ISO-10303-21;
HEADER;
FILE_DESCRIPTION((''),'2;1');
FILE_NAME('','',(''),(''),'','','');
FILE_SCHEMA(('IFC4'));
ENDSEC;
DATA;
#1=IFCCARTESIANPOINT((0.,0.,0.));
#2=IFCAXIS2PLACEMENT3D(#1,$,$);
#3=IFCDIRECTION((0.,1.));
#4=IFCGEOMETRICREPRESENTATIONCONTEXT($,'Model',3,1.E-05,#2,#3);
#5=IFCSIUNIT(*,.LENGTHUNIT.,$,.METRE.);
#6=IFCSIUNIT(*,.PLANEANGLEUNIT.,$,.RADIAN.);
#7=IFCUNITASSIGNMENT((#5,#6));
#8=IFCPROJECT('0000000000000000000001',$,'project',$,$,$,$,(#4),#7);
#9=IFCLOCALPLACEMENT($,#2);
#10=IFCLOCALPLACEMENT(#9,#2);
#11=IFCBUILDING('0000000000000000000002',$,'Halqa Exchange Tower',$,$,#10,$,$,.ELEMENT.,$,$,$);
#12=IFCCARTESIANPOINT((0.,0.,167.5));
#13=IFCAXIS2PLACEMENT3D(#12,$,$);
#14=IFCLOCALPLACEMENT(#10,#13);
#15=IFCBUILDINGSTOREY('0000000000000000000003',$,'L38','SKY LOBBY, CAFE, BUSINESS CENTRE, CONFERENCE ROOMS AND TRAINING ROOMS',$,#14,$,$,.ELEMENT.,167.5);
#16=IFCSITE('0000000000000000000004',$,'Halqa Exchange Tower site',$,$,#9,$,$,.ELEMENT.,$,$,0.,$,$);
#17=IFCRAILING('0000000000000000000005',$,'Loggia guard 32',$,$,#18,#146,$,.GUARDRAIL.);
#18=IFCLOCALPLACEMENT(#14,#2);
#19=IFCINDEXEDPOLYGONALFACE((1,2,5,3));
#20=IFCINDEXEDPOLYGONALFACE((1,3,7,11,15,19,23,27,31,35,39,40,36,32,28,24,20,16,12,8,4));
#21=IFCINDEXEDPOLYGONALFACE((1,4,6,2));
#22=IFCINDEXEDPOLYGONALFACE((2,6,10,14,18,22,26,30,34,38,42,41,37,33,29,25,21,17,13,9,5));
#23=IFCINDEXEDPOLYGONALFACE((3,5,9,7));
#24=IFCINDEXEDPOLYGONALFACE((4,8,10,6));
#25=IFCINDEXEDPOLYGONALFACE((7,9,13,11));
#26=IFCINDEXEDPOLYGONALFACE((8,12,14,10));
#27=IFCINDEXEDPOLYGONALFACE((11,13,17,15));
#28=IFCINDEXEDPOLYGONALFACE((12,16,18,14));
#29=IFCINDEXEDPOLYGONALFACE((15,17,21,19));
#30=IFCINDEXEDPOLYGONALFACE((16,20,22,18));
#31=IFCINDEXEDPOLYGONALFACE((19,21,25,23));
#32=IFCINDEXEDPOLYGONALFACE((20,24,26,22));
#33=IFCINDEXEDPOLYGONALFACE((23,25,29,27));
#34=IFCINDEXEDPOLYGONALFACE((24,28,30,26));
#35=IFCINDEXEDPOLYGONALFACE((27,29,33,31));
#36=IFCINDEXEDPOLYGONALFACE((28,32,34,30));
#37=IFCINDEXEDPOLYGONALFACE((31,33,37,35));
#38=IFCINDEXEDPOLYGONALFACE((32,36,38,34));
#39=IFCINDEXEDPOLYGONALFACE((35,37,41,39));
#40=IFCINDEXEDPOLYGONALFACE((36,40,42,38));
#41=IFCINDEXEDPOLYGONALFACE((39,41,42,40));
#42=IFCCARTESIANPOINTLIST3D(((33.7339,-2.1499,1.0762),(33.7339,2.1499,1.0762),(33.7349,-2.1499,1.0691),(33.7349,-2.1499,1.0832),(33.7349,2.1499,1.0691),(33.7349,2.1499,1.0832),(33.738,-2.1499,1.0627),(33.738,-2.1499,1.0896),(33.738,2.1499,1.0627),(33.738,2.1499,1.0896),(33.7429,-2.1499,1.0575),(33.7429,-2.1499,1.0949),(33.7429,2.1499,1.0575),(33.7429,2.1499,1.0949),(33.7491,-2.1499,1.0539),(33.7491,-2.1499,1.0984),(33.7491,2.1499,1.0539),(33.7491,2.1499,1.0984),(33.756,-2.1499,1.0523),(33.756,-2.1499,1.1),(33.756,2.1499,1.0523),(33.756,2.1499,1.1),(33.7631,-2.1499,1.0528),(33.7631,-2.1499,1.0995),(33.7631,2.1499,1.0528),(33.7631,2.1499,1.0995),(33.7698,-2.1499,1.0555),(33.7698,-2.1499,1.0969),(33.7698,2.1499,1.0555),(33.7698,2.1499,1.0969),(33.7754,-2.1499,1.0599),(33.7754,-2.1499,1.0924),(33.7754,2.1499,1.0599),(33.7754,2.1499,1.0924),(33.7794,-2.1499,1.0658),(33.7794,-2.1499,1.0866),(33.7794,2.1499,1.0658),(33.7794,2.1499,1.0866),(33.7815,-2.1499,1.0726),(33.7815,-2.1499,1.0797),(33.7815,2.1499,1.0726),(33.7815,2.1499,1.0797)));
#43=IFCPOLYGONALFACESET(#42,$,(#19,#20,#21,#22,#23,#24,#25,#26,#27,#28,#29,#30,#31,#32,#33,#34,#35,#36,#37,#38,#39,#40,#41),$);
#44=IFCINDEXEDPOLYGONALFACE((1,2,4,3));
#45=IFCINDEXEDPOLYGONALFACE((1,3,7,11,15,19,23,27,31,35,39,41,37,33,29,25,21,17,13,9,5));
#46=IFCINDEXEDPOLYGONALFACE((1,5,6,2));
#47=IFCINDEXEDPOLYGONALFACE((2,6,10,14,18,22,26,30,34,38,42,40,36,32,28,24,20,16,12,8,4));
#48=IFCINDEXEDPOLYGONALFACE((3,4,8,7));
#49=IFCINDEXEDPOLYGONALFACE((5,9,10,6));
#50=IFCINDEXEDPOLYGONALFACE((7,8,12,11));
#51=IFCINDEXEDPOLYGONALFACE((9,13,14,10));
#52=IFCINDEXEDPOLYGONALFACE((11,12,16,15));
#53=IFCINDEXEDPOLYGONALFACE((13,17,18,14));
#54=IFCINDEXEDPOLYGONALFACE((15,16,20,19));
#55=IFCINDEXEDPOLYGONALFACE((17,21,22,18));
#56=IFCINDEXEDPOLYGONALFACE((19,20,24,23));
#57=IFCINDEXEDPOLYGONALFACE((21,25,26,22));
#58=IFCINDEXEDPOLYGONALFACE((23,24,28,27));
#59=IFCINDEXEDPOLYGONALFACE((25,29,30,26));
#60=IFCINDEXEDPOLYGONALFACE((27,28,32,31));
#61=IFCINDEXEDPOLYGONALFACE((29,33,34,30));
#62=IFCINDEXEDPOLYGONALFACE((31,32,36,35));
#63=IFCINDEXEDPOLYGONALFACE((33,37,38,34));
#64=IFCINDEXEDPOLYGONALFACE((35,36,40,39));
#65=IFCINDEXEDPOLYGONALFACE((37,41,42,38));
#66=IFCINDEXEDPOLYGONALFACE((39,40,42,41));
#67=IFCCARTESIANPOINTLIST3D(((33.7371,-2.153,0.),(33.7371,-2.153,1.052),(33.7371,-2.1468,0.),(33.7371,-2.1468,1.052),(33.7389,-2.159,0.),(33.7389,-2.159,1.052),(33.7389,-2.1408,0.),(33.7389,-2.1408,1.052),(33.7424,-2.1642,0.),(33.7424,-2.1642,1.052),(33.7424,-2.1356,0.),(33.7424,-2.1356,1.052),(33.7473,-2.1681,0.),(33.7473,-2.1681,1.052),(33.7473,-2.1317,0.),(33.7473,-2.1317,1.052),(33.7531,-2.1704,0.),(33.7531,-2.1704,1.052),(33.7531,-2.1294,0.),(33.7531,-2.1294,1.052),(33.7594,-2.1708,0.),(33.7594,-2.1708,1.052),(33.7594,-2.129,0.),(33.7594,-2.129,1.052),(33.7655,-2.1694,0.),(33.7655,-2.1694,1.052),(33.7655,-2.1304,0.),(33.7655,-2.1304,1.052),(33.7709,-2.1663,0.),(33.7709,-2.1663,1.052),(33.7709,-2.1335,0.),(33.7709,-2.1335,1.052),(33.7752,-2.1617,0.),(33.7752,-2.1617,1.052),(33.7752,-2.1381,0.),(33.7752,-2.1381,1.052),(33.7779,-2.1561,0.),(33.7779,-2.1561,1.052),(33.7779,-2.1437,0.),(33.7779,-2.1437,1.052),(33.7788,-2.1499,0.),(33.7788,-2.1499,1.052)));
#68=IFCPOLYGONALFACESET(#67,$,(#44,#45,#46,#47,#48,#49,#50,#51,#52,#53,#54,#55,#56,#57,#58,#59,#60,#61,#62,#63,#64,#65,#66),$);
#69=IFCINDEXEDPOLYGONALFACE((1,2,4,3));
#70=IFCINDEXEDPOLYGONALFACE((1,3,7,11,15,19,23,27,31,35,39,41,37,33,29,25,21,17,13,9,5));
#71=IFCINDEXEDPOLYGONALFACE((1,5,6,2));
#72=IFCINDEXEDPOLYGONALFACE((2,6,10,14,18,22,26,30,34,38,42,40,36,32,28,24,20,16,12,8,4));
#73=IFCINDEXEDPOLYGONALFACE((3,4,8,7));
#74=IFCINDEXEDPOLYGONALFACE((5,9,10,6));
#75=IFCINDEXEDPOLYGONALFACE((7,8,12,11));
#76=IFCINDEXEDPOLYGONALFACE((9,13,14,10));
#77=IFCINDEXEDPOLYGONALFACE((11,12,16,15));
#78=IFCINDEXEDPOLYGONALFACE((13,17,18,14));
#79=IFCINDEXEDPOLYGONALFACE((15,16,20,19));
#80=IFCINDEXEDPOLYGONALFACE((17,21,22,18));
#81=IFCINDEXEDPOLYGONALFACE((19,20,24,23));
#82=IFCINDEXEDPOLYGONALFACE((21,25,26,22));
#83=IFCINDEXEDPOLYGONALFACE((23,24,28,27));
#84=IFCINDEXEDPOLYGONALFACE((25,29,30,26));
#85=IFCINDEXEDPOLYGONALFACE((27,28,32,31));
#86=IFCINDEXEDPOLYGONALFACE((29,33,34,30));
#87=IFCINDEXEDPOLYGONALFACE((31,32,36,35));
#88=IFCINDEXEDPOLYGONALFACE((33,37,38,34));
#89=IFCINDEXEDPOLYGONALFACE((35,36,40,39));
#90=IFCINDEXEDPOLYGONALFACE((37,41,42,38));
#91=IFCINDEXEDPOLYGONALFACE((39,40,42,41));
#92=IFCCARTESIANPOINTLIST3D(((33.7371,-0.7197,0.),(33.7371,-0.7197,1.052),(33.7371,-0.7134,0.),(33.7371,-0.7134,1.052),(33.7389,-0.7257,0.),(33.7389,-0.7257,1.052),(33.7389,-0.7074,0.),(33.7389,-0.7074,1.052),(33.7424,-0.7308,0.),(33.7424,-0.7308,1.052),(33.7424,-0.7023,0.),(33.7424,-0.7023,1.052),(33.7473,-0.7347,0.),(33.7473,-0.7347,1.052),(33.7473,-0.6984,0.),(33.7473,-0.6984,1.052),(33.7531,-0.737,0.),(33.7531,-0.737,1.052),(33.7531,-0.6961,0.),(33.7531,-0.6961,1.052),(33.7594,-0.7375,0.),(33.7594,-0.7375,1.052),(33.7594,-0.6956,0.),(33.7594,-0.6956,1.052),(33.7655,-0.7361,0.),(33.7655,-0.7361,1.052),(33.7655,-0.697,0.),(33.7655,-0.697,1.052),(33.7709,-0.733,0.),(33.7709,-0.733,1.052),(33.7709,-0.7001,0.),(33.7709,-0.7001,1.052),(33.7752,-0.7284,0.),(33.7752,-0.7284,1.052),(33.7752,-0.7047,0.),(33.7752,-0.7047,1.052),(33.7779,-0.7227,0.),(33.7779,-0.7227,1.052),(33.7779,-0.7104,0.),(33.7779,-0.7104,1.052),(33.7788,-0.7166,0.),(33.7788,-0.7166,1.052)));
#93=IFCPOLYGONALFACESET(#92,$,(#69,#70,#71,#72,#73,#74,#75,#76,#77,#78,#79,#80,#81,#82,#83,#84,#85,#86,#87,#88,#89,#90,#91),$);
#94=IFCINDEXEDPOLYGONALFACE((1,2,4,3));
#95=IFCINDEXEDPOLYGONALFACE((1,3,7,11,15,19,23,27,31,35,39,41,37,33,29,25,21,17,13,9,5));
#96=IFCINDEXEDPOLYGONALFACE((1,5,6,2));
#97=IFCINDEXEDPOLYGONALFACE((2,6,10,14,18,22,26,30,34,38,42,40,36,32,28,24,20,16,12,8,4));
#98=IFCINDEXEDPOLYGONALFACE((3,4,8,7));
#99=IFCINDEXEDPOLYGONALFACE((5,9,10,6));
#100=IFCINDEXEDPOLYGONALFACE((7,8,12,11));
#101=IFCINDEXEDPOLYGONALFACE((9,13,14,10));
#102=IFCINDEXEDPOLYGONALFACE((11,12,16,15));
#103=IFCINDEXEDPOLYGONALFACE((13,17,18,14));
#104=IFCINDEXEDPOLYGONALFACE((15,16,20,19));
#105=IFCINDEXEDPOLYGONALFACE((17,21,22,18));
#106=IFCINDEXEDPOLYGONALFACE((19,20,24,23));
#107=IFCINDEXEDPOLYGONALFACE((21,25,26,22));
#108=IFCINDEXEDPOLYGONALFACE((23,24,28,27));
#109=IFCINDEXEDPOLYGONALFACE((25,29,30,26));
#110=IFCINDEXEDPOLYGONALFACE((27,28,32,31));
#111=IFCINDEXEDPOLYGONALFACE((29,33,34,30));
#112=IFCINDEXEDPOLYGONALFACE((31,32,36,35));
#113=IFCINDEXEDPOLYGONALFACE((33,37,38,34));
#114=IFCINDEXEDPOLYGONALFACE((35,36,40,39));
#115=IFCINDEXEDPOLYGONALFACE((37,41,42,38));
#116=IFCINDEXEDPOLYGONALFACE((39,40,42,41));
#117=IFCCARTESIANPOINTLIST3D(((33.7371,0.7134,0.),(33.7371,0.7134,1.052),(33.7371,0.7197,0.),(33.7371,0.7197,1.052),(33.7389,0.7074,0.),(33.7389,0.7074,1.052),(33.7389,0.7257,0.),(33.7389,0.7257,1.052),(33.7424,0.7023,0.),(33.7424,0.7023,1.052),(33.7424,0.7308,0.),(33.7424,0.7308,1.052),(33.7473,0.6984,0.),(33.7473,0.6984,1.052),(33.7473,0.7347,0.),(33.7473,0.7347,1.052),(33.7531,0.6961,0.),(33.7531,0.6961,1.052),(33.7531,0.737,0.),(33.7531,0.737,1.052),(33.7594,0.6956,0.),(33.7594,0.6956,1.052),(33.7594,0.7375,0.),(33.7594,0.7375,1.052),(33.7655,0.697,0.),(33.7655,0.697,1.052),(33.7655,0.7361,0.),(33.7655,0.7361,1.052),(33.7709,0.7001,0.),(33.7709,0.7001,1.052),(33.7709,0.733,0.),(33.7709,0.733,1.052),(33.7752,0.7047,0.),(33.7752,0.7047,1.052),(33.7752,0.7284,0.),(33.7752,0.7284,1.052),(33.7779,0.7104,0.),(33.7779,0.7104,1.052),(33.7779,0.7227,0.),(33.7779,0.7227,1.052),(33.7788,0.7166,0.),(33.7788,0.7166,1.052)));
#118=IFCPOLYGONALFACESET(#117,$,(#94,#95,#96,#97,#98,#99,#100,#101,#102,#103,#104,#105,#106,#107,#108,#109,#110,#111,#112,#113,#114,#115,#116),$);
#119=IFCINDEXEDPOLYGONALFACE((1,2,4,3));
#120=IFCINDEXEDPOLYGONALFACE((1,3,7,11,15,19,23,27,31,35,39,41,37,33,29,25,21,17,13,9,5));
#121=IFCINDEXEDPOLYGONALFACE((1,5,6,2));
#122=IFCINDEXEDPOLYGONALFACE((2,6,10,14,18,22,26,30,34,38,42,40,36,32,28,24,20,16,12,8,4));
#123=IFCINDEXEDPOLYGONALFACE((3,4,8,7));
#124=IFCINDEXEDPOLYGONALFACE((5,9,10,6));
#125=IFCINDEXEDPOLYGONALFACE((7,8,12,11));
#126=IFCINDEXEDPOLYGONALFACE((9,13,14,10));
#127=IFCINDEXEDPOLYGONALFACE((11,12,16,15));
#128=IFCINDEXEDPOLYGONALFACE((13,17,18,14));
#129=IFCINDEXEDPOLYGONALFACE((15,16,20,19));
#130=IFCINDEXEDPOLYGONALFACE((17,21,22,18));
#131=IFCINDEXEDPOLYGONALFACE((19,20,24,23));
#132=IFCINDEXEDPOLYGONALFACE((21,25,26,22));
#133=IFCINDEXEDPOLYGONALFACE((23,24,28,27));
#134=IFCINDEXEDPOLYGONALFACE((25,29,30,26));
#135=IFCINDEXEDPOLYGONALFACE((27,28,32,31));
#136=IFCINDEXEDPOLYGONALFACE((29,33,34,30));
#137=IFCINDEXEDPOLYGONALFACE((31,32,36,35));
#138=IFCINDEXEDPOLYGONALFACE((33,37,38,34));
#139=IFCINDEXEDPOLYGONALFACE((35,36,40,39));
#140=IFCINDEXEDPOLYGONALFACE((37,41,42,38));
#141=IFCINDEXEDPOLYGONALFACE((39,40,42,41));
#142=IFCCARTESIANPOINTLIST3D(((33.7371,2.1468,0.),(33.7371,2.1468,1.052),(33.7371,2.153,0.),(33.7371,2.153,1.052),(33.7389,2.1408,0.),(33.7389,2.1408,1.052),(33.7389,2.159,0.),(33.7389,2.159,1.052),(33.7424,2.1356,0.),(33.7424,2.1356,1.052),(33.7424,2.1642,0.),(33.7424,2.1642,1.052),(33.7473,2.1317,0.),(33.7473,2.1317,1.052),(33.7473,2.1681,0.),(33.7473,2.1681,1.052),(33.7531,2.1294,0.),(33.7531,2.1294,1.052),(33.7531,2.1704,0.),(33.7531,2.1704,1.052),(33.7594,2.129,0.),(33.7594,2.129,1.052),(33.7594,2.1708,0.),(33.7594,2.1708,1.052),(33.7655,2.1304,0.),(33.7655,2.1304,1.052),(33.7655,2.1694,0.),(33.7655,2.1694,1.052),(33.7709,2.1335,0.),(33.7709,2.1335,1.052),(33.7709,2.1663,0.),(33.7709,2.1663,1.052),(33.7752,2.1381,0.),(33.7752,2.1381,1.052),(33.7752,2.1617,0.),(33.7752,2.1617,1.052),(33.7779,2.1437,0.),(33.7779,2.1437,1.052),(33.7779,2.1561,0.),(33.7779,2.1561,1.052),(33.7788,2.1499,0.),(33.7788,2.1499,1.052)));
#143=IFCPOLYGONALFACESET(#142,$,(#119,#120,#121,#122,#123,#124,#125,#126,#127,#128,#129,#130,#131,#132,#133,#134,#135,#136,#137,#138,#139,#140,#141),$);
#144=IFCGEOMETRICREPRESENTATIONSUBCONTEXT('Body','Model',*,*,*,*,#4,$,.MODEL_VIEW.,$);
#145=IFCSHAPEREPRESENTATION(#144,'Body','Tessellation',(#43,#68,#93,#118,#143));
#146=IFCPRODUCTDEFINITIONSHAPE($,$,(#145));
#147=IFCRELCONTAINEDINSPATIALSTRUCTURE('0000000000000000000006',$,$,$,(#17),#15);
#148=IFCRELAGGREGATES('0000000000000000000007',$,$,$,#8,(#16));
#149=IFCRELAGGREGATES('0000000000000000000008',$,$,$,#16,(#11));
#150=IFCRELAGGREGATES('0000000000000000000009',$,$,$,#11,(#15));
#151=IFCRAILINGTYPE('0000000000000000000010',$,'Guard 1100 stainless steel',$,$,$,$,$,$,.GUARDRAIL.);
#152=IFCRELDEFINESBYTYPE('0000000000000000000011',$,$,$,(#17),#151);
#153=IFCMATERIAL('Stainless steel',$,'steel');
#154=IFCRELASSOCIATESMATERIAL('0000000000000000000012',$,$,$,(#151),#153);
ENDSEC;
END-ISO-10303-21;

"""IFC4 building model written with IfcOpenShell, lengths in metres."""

from ifc_helpers import new_model, si_unit, direction, frame, origin, origin_2d, place, context, subcontext, project, spatial, circle, extrude, material, type_object, element, save


model = new_model("IFC4")

# Units and contexts
model_context = context("Model", 3, precision=1e-05, world=origin(), true_north=direction((0.0, 1.0)))
body_context = subcontext(model_context, "Body", "Model", "MODEL_VIEW")
ifc_project = project(units=[si_unit("LENGTHUNIT", "METRE"), si_unit("PLANEANGLEUNIT", "RADIAN")], contexts=[model_context])

# Site, building, storey
site_placement = place(None, origin())
site = spatial("IfcSite", under=ifc_project, at=site_placement, Name="Halqa Exchange Tower site", CompositionType="ELEMENT", RefElevation=0.0)
building_placement = place(site_placement, origin())
building = spatial("IfcBuilding", under=site, at=building_placement, Name="Halqa Exchange Tower", CompositionType="ELEMENT")
storey_placement = place(building_placement, frame((0.0, 0.0, 167.5)))
storey = spatial("IfcBuildingStorey", under=building, at=storey_placement, Name="L38", Description="SKY LOBBY, CAFE, BUSINESS CENTRE, CONFERENCE ROOMS AND TRAINING ROOMS", CompositionType="ELEMENT", Elevation=167.5)

# Railing
ifc_material_1 = material(Name="Stainless steel", Category="steel")
railing_type = type_object("IfcRailingType", Name="Guard 1100 stainless steel", PredefinedType="GUARDRAIL", material=ifc_material_1)
railing_1_placement = place(storey_placement, frame((33.7578, -2.1499, 0.0)))
element("IfcRailing", 1, at=railing_1_placement, inside=storey, type_object=railing_type, Name="Loggia guard 32", PredefinedType="GUARDRAIL", context=body_context, shape_type="SweptSolid", body=[
    extrude(circle(Radius=0.0239, at=origin_2d()), frame((0.0, 0.0, 1.0762), z_axis=(0.0, 1.0, 0.0), x_axis=(-1.0, 0.0, 0.0)), (0.0, 0.0, 1.0), 4.2998),
    extrude(circle(Radius=0.021, at=origin_2d()), origin(), (0.0, 0.0, 1.0), 1.052),
    extrude(circle(Radius=0.021, at=origin_2d()), frame((0.0, 1.4333, 0.0)), (0.0, 0.0, 1.0), 1.052),
    extrude(circle(Radius=0.021, at=origin_2d()), frame((0.0, 2.8665, 0.0)), (0.0, 0.0, 1.0), 1.052),
    extrude(circle(Radius=0.021, at=origin_2d()), frame((0.0, 4.2998, 0.0)), (0.0, 0.0, 1.0), 1.052),
])

save(model, "model.ifc")
